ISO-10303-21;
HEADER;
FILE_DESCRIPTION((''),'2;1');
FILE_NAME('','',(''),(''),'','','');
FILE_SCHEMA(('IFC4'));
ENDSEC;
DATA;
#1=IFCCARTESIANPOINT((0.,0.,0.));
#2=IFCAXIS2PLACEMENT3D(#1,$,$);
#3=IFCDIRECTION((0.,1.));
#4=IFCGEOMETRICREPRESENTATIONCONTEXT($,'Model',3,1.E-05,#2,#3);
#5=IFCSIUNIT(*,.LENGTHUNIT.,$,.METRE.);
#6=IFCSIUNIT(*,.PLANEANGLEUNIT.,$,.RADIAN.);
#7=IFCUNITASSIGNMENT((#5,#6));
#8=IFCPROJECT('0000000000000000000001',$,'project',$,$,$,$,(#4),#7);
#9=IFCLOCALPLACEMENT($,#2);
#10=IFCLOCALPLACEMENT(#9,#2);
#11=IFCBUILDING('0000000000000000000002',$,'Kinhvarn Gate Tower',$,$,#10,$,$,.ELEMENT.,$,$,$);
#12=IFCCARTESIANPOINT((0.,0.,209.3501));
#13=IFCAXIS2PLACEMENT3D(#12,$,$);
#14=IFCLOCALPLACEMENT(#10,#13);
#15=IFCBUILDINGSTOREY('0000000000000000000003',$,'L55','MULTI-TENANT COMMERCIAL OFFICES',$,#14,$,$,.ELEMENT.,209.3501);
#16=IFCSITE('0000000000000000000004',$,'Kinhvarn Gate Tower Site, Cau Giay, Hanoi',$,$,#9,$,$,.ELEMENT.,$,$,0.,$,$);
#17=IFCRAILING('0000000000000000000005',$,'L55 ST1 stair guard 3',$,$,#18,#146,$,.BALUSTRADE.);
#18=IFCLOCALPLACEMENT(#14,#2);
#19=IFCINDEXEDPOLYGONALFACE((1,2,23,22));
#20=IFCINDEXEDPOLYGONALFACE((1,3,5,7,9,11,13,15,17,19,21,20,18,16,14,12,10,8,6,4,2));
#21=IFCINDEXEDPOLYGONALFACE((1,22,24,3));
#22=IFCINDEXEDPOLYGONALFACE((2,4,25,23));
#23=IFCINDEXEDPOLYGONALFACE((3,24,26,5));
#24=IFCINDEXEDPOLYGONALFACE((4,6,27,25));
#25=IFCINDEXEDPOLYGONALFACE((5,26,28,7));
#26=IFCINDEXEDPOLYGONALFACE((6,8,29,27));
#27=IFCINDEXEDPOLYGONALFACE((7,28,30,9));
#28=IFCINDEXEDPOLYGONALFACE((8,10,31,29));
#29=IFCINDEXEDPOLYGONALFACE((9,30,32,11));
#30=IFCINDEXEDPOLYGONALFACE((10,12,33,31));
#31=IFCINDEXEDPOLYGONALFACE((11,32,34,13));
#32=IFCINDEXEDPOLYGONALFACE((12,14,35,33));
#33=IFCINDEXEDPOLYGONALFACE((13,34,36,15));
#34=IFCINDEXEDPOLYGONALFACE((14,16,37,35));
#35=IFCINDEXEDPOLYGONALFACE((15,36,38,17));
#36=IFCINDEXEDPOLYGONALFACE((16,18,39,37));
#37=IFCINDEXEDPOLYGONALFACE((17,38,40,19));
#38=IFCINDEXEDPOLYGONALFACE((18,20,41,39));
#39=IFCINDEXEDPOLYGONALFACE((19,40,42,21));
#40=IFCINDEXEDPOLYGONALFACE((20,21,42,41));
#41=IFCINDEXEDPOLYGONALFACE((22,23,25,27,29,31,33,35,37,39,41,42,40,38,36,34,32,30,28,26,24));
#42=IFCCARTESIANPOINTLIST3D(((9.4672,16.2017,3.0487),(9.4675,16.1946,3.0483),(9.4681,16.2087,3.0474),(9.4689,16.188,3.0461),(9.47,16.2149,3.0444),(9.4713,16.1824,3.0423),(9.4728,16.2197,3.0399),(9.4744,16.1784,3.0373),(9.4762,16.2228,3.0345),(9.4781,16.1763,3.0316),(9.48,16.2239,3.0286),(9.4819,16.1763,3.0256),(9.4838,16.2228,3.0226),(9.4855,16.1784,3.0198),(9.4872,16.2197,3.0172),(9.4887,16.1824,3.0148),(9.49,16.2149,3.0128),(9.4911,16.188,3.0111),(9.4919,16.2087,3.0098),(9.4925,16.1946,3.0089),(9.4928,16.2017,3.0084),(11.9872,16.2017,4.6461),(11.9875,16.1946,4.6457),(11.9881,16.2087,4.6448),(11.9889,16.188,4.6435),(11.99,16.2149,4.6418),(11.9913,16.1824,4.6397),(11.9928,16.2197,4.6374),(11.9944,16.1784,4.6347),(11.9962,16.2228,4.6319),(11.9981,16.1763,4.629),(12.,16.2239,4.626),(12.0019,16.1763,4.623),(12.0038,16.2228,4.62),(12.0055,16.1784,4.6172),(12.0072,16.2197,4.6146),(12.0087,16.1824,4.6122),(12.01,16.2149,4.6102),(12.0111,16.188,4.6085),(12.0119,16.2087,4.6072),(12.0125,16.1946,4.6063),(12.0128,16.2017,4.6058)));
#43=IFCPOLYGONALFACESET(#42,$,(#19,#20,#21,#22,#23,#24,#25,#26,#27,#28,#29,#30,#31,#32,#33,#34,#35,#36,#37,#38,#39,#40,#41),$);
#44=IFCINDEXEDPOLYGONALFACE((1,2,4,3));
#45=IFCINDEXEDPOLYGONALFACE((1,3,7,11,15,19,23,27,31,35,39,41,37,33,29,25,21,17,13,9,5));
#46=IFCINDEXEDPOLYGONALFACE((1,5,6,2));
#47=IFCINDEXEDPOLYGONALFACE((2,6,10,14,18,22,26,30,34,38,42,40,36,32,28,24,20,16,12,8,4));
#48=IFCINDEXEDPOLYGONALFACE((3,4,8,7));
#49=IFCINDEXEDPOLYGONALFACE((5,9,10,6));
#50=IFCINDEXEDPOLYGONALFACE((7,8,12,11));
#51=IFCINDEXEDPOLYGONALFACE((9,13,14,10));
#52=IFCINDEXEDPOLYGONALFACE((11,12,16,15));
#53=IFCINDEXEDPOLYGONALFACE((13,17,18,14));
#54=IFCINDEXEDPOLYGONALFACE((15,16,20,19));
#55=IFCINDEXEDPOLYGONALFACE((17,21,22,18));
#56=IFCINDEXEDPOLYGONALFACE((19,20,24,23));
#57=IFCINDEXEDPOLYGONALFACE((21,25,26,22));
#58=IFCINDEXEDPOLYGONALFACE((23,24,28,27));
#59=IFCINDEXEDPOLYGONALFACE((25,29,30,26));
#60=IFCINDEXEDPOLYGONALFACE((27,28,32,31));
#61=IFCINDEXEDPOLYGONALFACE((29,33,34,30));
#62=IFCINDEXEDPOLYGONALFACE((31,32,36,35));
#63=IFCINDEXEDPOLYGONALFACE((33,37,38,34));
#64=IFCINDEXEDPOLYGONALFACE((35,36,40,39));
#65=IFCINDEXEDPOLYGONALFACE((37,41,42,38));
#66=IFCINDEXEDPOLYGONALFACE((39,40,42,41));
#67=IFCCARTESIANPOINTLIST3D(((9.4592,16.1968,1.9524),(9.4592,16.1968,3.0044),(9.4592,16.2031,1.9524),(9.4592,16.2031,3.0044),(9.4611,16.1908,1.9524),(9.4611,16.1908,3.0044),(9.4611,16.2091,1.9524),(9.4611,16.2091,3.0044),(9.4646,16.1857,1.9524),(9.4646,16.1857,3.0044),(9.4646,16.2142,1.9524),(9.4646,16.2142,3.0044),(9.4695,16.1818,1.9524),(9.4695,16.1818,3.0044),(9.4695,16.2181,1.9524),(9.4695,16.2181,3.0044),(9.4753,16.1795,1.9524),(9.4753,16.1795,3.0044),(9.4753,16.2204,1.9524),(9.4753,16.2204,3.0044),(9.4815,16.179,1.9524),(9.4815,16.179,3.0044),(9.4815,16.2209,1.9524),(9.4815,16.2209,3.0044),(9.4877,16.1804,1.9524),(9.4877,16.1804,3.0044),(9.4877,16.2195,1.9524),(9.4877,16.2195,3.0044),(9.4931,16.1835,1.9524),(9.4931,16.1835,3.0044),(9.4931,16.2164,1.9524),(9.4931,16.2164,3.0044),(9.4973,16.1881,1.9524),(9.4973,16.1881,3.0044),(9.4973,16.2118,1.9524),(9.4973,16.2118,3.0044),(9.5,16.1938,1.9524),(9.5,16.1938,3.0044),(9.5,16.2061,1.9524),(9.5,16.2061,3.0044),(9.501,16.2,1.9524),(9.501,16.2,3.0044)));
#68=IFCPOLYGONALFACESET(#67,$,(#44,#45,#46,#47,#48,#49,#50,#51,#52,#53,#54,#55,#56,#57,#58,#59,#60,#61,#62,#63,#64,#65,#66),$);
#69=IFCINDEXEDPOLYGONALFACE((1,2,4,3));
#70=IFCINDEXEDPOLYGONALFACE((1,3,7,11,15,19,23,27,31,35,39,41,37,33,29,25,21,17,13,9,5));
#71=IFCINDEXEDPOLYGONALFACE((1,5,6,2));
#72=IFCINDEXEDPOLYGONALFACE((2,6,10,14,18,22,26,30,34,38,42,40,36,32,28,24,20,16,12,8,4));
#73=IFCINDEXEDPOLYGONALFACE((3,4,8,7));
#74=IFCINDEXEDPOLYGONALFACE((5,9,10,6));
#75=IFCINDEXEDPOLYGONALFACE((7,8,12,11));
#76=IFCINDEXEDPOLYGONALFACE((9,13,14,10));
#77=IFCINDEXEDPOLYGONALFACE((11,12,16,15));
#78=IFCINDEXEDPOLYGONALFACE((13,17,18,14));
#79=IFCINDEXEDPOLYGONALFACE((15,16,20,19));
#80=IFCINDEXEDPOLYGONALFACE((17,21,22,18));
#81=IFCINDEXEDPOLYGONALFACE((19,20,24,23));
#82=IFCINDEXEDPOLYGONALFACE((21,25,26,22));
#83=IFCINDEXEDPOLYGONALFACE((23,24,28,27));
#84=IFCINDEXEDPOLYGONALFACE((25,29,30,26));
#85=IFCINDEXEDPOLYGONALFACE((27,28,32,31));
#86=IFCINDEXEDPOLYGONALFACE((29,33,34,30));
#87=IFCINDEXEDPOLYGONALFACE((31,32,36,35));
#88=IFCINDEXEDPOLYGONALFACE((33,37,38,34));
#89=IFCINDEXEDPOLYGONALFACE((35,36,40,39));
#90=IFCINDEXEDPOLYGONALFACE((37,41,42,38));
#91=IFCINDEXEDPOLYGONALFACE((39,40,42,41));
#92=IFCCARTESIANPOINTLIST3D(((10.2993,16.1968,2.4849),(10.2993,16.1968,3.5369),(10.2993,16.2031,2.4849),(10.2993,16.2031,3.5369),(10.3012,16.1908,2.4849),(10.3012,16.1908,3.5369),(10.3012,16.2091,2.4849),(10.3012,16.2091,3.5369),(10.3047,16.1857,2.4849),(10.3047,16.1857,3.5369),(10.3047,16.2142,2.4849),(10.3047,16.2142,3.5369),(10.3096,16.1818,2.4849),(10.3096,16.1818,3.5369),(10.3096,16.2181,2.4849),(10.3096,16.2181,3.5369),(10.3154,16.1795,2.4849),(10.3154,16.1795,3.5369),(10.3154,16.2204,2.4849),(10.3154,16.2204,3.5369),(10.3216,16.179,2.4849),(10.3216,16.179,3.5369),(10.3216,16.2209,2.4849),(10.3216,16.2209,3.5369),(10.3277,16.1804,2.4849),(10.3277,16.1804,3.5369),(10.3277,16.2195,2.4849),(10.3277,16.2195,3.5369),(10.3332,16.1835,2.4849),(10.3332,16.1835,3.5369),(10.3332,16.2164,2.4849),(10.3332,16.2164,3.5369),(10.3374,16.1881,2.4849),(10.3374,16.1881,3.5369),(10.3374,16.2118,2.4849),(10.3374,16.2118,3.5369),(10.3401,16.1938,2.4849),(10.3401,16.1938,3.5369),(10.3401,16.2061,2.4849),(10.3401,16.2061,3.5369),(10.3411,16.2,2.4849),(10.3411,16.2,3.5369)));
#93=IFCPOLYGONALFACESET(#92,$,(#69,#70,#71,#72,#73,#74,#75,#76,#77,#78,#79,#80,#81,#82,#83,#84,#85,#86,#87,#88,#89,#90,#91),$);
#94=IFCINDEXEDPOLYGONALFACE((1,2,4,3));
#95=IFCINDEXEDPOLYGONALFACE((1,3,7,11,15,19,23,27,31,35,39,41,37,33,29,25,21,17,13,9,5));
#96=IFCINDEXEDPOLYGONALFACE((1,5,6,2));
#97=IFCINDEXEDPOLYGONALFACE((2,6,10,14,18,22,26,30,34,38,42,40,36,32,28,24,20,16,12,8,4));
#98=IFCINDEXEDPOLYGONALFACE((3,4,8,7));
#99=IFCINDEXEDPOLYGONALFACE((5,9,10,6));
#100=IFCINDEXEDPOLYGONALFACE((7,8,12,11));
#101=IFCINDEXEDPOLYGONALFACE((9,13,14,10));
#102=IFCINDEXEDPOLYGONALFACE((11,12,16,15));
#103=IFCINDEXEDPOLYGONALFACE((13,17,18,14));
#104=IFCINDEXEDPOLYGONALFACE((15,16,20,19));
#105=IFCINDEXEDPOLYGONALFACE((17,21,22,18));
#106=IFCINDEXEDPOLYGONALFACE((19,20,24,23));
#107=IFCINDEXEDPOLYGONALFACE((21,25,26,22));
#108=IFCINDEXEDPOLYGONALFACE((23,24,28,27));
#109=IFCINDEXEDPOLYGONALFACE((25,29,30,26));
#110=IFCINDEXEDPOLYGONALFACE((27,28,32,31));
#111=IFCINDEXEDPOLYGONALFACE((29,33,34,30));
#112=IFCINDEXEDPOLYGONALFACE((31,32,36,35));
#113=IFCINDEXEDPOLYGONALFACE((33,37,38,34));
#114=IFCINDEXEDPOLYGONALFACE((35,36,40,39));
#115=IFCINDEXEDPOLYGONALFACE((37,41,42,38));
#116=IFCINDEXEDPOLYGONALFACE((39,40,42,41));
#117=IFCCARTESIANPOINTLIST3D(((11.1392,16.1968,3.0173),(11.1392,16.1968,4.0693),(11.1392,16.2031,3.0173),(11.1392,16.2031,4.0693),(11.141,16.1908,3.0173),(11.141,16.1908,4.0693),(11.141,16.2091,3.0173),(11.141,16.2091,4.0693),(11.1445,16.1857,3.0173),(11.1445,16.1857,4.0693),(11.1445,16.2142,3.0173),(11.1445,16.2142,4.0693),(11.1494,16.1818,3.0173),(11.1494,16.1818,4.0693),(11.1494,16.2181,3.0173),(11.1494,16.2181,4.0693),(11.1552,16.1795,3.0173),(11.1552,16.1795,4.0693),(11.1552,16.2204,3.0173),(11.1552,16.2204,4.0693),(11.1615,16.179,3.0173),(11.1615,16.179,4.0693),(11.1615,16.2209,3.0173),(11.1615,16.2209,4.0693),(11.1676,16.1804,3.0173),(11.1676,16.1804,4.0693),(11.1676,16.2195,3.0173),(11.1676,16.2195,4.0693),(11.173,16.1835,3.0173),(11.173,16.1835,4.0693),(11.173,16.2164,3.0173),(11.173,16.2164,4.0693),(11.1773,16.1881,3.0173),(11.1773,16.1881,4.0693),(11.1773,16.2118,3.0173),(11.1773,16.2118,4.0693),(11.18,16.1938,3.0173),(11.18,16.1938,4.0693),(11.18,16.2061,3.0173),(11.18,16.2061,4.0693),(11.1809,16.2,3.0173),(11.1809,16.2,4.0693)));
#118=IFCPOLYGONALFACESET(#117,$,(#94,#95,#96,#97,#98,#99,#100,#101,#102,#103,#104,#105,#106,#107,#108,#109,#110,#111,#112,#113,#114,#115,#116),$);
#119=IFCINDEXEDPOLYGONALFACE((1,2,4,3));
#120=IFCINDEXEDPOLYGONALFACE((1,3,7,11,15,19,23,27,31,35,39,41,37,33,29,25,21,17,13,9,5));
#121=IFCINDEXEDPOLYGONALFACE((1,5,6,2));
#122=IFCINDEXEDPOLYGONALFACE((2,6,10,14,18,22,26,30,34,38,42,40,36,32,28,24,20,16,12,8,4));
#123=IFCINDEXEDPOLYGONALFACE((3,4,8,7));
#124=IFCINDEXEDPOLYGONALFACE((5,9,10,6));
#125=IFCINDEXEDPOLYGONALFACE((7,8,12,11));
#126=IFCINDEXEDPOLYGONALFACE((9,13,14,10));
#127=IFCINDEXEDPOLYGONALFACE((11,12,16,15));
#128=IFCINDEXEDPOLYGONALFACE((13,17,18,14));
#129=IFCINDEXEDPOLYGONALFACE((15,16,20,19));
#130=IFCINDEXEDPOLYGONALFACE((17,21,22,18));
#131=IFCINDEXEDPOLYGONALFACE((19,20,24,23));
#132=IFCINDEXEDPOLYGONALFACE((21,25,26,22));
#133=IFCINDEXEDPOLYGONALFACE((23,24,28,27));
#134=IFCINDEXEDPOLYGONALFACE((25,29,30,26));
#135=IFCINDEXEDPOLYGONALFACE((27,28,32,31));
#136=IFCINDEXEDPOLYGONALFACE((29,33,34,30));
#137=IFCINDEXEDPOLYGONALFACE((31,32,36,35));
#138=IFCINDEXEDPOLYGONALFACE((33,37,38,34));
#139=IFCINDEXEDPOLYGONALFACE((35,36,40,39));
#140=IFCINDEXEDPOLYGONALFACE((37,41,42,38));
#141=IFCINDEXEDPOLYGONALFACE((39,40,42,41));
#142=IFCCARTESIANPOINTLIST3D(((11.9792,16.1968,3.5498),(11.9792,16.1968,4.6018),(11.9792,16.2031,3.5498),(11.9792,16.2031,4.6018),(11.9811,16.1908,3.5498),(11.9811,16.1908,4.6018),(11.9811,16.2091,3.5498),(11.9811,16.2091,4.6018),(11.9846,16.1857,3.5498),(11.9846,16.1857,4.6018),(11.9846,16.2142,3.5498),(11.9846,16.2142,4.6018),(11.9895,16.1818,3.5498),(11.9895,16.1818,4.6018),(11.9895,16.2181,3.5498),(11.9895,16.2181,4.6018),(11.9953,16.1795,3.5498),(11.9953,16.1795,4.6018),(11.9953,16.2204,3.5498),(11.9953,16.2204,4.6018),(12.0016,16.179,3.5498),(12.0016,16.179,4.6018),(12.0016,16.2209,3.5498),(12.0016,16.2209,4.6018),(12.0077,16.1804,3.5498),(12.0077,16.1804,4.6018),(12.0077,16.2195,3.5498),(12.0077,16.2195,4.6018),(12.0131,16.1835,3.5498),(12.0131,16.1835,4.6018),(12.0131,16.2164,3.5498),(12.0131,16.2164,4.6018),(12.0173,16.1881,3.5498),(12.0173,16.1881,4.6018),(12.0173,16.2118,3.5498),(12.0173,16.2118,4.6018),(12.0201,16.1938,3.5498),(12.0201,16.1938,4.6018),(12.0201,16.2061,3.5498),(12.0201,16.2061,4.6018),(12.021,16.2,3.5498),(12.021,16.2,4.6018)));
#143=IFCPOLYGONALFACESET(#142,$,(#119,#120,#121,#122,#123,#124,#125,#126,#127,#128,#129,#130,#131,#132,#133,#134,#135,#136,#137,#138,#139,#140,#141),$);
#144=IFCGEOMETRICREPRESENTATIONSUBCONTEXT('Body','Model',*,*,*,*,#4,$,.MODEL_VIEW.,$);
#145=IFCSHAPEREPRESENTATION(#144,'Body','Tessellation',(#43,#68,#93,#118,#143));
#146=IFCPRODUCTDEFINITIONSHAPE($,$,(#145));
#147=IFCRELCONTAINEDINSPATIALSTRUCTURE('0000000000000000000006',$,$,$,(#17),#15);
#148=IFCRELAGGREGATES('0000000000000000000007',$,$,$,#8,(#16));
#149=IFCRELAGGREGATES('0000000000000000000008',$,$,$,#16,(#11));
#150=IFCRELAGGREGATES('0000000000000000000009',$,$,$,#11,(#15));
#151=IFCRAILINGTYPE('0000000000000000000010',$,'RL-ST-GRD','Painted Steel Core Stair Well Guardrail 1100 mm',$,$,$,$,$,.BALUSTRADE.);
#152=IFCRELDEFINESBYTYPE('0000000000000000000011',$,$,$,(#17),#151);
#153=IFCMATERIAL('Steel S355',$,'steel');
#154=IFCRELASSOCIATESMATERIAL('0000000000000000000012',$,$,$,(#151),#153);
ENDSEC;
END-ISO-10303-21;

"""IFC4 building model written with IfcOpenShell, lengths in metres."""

from ifc_helpers import new_model, si_unit, direction, frame, origin, origin_2d, place, context, subcontext, project, spatial, circle, extrude, material, type_object, element, save


model = new_model("IFC4")

# Units and contexts
model_context = context("Model", 3, precision=1e-05, world=origin(), true_north=direction((0.0, 1.0)))
body_context = subcontext(model_context, "Body", "Model", "MODEL_VIEW")
ifc_project = project(units=[si_unit("LENGTHUNIT", "METRE"), si_unit("PLANEANGLEUNIT", "RADIAN")], contexts=[model_context])

# Site, building, storey
site_placement = place(None, origin())
site = spatial("IfcSite", under=ifc_project, at=site_placement, Name="Kinhvarn Gate Tower Site, Cau Giay, Hanoi", CompositionType="ELEMENT", RefElevation=0.0)
building_placement = place(site_placement, origin())
building = spatial("IfcBuilding", under=site, at=building_placement, Name="Kinhvarn Gate Tower", CompositionType="ELEMENT")
storey_placement = place(building_placement, frame((0.0, 0.0, 209.3501)))
storey = spatial("IfcBuildingStorey", under=building, at=storey_placement, Name="L55", Description="MULTI-TENANT COMMERCIAL OFFICES", CompositionType="ELEMENT", Elevation=209.3501)

# Shared definitions
ifc_material_1 = material(Name="Steel S355", Category="steel")

# Railing
railing_type_1 = type_object("IfcRailingType", Name="RL-ST-GRD", Description="Painted Steel Core Stair Well Guardrail 1100 mm", PredefinedType="BALUSTRADE", material=ifc_material_1)
railing_1_placement = place(storey_placement, frame((9.48, 16.2, 1.9524)))
element("IfcRailing", 1, at=railing_1_placement, inside=storey, type_object=railing_type_1, Name="L55 ST1 stair guard 3", PredefinedType="BALUSTRADE", context=body_context, shape_type="SweptSolid", body=[
    extrude(circle(Radius=0.0239, at=origin_2d()), frame((0.0, 0.0, 1.0762), z_axis=(0.844607, 0.0, 0.535387), x_axis=(0.0, 1.0, 0.0)), (0.0, 0.0, 1.0), 2.9836),
    extrude(circle(Radius=0.021, at=origin_2d()), origin(), (0.0, 0.0, 1.0), 1.052),
    extrude(circle(Radius=0.021, at=origin_2d()), frame((0.8401, 0.0, 0.5325)), (0.0, 0.0, 1.0), 1.052),
    extrude(circle(Radius=0.021, at=origin_2d()), frame((1.6799, 0.0, 1.0649)), (0.0, 0.0, 1.0), 1.052),
    extrude(circle(Radius=0.021, at=origin_2d()), frame((2.52, 0.0, 1.5974)), (0.0, 0.0, 1.0), 1.052),
])

save(model, "model.ifc")
